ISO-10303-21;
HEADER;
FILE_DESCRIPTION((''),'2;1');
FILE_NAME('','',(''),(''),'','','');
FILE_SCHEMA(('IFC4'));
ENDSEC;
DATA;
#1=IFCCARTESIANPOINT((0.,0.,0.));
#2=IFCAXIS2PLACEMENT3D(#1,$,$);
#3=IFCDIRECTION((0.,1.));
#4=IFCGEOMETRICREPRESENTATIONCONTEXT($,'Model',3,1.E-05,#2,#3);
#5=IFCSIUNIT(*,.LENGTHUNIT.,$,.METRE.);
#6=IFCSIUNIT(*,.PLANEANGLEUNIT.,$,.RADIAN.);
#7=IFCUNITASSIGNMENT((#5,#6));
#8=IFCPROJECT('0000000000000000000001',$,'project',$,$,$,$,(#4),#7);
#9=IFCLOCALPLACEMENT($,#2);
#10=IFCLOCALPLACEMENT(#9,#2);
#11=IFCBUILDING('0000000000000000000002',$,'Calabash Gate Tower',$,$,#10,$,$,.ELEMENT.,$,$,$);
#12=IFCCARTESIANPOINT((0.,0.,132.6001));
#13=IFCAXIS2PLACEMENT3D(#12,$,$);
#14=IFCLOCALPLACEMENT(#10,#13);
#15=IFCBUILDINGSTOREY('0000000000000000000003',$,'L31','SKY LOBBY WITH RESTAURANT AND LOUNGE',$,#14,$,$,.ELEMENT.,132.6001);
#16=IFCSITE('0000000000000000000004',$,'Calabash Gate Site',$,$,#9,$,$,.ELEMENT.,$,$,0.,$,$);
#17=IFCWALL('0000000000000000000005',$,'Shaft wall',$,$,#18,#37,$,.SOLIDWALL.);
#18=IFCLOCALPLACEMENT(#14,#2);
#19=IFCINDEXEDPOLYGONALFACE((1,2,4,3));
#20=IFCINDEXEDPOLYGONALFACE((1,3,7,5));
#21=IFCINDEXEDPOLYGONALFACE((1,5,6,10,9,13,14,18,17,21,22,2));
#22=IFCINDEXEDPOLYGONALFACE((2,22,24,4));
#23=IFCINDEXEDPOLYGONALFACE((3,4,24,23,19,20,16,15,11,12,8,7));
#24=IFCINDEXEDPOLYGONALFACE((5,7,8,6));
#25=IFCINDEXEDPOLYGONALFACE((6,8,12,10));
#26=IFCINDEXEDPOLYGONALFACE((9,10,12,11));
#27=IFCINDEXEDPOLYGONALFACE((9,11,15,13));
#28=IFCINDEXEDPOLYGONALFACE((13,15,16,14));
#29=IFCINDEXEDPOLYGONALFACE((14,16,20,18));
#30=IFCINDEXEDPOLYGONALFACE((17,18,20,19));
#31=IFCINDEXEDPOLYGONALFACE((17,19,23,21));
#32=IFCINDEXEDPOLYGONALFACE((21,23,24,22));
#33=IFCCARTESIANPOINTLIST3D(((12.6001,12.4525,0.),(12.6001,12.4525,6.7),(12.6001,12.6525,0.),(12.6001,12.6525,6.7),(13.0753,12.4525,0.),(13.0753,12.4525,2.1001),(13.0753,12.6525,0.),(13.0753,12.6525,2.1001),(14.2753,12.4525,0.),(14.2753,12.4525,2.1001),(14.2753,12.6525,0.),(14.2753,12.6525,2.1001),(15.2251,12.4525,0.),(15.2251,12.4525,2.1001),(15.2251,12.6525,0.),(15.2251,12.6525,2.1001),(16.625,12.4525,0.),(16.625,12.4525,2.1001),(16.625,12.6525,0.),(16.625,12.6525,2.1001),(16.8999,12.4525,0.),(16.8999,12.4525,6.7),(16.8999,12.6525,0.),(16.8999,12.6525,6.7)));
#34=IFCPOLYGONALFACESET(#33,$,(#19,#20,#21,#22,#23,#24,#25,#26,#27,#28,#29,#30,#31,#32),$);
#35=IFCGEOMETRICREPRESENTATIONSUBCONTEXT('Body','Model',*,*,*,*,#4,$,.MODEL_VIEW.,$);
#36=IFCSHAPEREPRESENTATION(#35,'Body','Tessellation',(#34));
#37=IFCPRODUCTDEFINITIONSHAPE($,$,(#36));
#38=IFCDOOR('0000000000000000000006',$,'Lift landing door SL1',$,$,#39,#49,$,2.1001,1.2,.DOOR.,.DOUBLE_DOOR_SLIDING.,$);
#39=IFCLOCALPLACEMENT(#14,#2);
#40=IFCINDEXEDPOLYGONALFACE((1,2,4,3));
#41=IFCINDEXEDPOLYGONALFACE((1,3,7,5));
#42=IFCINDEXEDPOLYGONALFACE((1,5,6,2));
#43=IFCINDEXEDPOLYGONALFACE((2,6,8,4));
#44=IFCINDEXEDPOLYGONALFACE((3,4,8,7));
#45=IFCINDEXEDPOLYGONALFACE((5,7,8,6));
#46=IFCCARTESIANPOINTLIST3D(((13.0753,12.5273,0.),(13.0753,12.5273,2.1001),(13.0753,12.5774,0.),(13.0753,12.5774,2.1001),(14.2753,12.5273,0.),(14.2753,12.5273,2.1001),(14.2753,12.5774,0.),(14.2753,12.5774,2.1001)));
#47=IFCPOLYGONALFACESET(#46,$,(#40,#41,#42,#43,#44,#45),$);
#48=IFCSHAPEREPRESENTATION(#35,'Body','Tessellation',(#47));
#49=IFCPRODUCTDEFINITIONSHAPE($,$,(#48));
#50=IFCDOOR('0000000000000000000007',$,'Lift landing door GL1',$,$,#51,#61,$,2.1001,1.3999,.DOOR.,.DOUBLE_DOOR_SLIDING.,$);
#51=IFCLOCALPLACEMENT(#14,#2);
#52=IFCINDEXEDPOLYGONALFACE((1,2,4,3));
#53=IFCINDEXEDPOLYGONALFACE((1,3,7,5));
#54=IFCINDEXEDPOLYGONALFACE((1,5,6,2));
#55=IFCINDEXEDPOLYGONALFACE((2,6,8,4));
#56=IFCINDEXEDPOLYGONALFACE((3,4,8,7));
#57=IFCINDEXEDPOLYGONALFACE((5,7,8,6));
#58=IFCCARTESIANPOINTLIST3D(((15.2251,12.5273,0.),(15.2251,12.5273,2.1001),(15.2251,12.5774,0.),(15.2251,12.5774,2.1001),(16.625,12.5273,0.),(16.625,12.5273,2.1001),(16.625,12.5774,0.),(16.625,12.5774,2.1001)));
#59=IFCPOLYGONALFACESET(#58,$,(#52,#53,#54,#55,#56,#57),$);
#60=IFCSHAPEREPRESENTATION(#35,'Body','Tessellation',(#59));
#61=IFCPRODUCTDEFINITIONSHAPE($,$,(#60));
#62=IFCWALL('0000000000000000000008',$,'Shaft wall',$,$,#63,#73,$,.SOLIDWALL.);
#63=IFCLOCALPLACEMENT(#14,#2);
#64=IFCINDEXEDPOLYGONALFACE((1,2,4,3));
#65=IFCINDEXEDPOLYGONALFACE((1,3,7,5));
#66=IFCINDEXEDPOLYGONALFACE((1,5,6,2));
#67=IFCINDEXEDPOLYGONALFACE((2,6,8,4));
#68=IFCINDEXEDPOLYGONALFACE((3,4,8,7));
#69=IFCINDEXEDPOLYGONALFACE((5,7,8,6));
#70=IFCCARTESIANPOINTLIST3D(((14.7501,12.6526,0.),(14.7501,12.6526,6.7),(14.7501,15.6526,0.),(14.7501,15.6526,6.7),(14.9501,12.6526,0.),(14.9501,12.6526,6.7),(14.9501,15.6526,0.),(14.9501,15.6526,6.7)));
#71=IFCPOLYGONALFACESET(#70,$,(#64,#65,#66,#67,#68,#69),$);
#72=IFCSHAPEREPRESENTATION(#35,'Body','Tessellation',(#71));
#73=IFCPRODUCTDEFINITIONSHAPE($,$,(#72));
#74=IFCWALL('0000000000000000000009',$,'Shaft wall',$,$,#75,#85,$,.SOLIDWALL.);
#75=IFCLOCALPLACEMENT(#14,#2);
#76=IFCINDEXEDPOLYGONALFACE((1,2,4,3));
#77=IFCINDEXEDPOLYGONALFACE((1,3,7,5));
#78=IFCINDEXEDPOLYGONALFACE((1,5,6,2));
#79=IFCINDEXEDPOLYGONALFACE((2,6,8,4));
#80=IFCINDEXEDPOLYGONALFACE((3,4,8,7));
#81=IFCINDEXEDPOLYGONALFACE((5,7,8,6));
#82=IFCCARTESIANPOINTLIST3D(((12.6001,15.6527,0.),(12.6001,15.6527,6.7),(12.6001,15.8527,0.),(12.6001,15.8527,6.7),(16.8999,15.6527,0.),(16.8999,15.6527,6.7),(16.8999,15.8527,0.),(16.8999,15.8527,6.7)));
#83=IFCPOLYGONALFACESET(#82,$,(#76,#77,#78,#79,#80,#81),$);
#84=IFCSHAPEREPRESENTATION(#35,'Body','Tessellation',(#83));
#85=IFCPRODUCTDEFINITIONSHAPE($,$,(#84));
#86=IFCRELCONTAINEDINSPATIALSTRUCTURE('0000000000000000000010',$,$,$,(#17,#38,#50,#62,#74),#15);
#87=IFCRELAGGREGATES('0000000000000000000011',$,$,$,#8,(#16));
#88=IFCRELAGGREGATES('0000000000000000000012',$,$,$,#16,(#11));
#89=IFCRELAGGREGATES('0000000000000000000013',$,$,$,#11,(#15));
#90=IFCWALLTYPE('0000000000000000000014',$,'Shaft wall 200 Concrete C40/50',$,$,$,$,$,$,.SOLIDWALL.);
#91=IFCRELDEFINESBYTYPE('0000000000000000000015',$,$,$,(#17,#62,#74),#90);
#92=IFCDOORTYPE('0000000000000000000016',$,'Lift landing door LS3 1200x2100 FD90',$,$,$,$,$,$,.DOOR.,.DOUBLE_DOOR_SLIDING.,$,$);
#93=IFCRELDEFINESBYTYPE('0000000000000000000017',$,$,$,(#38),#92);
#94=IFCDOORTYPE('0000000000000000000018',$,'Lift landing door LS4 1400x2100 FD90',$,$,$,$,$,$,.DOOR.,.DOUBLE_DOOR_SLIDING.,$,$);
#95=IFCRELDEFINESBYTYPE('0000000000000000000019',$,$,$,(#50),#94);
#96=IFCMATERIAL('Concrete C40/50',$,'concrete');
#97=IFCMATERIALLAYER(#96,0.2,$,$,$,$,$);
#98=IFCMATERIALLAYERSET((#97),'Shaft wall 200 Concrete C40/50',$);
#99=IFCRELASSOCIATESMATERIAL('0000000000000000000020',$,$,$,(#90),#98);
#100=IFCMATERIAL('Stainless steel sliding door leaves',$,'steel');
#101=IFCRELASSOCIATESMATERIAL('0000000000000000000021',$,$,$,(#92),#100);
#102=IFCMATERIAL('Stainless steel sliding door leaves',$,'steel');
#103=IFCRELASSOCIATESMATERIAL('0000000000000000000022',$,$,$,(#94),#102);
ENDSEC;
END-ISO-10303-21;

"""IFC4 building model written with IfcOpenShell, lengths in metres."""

from ifc_helpers import new_model, si_unit, direction, frame, frame_2d, origin, place, context, subcontext, project, spatial, rectangle, extrude, material, layer, layer_set, type_object, element, fill, save


model = new_model("IFC4")

# Units and contexts
model_context = context("Model", 3, precision=1e-05, world=origin(), true_north=direction((0.0, 1.0)))
body_context = subcontext(model_context, "Body", "Model", "MODEL_VIEW")
ifc_project = project(units=[si_unit("LENGTHUNIT", "METRE"), si_unit("PLANEANGLEUNIT", "RADIAN")], contexts=[model_context])

# Site, building, storey
site_placement = place(None, origin())
site = spatial("IfcSite", under=ifc_project, at=site_placement, Name="Calabash Gate Site", CompositionType="ELEMENT", RefElevation=0.0)
building_placement = place(site_placement, origin())
building = spatial("IfcBuilding", under=site, at=building_placement, Name="Calabash Gate Tower", CompositionType="ELEMENT")
storey_placement = place(building_placement, frame((0.0, 0.0, 132.6001)))
storey = spatial("IfcBuildingStorey", under=building, at=storey_placement, Name="L31", Description="SKY LOBBY WITH RESTAURANT AND LOUNGE", CompositionType="ELEMENT", Elevation=132.6001)

# Shared definitions
ifc_material_1 = material(Name="Concrete C40/50", Category="concrete")
ifc_layer_1 = layer(ifc_material_1, 0.2)
ifc_layer_set_1 = layer_set([ifc_layer_1], Name="Shaft wall 200 Concrete C40/50")
wall_type_1 = type_object("IfcWallType", Name="Shaft wall 200 Concrete C40/50", PredefinedType="SOLIDWALL", material=ifc_layer_set_1)

# Wall, openings, doors
wall_1_placement = place(storey_placement, frame((12.6001, 12.5525, 0.0), z_axis=(0.0, 0.0, 1.0), x_axis=(1.0, 0.0, 0.0)))
wall_1 = element("IfcWall", 1, at=wall_1_placement, inside=storey, type_object=wall_type_1, Name="Shaft wall", PredefinedType="SOLIDWALL", context=body_context, shape_type="SweptSolid", body=[
    extrude(rectangle(XDim=4.2998, YDim=0.2, at=frame_2d((2.1499, 0.0))), origin(), (0.0, 0.0, 1.0), 6.7),
])
opening_1_placement = place(wall_1_placement, frame((0.4751, 0.0, 0.0)))
opening_1 = element("IfcOpeningElement", 2, at=opening_1_placement, cuts=wall_1, PredefinedType="OPENING", context=body_context, shape_type="SweptSolid", body=[
    extrude(rectangle(XDim=1.2, YDim=2.1001, at=frame_2d((0.6001, 1.05))), frame((0.0, 0.1099, 0.0), z_axis=(0.0, -1.0, 0.0), x_axis=(1.0, 0.0, 0.0)), (0.0, 0.0, 1.0), 0.22),
])
opening_2_placement = place(wall_1_placement, frame((2.625, 0.0, 0.0)))
opening_2 = element("IfcOpeningElement", 3, at=opening_2_placement, cuts=wall_1, PredefinedType="OPENING", context=body_context, shape_type="SweptSolid", body=[
    extrude(rectangle(XDim=1.3999, YDim=2.1001, at=frame_2d((0.7, 1.05))), frame((0.0, 0.1099, 0.0), z_axis=(0.0, -1.0, 0.0), x_axis=(1.0, 0.0, 0.0)), (0.0, 0.0, 1.0), 0.22),
])
ifc_material_2 = material(Name="Stainless steel sliding door leaves", Category="steel")
door_type_1 = type_object("IfcDoorType", Name="Lift landing door LS3 1200x2100 FD90", OperationType="DOUBLE_DOOR_SLIDING", PredefinedType="DOOR", material=ifc_material_2)
door_1_placement = place(opening_1_placement, origin())
door_1 = element("IfcDoor", 4, at=door_1_placement, inside=storey, type_object=door_type_1, Name="Lift landing door SL1", OperationType="DOUBLE_DOOR_SLIDING", OverallHeight=2.1001, OverallWidth=1.2, PredefinedType="DOOR", context=body_context, shape_type="SweptSolid", body=[
    extrude(rectangle(XDim=1.2, YDim=2.1001, at=frame_2d((0.6001, 1.05))), frame((0.0, 0.0249, 0.0), z_axis=(0.0, -1.0, 0.0), x_axis=(1.0, 0.0, 0.0)), (0.0, 0.0, 1.0), 0.05),
])
fill(opening_1, door_1)
ifc_material_3 = material(Name="Stainless steel sliding door leaves", Category="steel")
door_type_2 = type_object("IfcDoorType", Name="Lift landing door LS4 1400x2100 FD90", OperationType="DOUBLE_DOOR_SLIDING", PredefinedType="DOOR", material=ifc_material_3)
door_2_placement = place(opening_2_placement, origin())
door_2 = element("IfcDoor", 5, at=door_2_placement, inside=storey, type_object=door_type_2, Name="Lift landing door GL1", OperationType="DOUBLE_DOOR_SLIDING", OverallHeight=2.1001, OverallWidth=1.3999, PredefinedType="DOOR", context=body_context, shape_type="SweptSolid", body=[
    extrude(rectangle(XDim=1.3999, YDim=2.1001, at=frame_2d((0.7, 1.05))), frame((0.0, 0.0249, 0.0), z_axis=(0.0, -1.0, 0.0), x_axis=(1.0, 0.0, 0.0)), (0.0, 0.0, 1.0), 0.05),
])
fill(opening_2, door_2)

# Walls
wall_2_placement = place(storey_placement, frame((14.8501, 12.6526, 0.0), z_axis=(0.0, 0.0, 1.0), x_axis=(0.0, 1.0, 0.0)))
element("IfcWall", 6, at=wall_2_placement, inside=storey, type_object=wall_type_1, Name="Shaft wall", PredefinedType="SOLIDWALL", context=body_context, shape_type="SweptSolid", body=[
    extrude(rectangle(XDim=3.0, YDim=0.2, at=frame_2d((1.5, 0.0))), origin(), (0.0, 0.0, 1.0), 6.7),
])
wall_3_placement = place(storey_placement, frame((12.6001, 15.7527, 0.0), z_axis=(0.0, 0.0, 1.0), x_axis=(1.0, 0.0, 0.0)))
element("IfcWall", 7, at=wall_3_placement, inside=storey, type_object=wall_type_1, Name="Shaft wall", PredefinedType="SOLIDWALL", context=body_context, shape_type="SweptSolid", body=[
    extrude(rectangle(XDim=4.2998, YDim=0.2, at=frame_2d((2.1499, 0.0))), origin(), (0.0, 0.0, 1.0), 6.7),
])

save(model, "model.ifc")
